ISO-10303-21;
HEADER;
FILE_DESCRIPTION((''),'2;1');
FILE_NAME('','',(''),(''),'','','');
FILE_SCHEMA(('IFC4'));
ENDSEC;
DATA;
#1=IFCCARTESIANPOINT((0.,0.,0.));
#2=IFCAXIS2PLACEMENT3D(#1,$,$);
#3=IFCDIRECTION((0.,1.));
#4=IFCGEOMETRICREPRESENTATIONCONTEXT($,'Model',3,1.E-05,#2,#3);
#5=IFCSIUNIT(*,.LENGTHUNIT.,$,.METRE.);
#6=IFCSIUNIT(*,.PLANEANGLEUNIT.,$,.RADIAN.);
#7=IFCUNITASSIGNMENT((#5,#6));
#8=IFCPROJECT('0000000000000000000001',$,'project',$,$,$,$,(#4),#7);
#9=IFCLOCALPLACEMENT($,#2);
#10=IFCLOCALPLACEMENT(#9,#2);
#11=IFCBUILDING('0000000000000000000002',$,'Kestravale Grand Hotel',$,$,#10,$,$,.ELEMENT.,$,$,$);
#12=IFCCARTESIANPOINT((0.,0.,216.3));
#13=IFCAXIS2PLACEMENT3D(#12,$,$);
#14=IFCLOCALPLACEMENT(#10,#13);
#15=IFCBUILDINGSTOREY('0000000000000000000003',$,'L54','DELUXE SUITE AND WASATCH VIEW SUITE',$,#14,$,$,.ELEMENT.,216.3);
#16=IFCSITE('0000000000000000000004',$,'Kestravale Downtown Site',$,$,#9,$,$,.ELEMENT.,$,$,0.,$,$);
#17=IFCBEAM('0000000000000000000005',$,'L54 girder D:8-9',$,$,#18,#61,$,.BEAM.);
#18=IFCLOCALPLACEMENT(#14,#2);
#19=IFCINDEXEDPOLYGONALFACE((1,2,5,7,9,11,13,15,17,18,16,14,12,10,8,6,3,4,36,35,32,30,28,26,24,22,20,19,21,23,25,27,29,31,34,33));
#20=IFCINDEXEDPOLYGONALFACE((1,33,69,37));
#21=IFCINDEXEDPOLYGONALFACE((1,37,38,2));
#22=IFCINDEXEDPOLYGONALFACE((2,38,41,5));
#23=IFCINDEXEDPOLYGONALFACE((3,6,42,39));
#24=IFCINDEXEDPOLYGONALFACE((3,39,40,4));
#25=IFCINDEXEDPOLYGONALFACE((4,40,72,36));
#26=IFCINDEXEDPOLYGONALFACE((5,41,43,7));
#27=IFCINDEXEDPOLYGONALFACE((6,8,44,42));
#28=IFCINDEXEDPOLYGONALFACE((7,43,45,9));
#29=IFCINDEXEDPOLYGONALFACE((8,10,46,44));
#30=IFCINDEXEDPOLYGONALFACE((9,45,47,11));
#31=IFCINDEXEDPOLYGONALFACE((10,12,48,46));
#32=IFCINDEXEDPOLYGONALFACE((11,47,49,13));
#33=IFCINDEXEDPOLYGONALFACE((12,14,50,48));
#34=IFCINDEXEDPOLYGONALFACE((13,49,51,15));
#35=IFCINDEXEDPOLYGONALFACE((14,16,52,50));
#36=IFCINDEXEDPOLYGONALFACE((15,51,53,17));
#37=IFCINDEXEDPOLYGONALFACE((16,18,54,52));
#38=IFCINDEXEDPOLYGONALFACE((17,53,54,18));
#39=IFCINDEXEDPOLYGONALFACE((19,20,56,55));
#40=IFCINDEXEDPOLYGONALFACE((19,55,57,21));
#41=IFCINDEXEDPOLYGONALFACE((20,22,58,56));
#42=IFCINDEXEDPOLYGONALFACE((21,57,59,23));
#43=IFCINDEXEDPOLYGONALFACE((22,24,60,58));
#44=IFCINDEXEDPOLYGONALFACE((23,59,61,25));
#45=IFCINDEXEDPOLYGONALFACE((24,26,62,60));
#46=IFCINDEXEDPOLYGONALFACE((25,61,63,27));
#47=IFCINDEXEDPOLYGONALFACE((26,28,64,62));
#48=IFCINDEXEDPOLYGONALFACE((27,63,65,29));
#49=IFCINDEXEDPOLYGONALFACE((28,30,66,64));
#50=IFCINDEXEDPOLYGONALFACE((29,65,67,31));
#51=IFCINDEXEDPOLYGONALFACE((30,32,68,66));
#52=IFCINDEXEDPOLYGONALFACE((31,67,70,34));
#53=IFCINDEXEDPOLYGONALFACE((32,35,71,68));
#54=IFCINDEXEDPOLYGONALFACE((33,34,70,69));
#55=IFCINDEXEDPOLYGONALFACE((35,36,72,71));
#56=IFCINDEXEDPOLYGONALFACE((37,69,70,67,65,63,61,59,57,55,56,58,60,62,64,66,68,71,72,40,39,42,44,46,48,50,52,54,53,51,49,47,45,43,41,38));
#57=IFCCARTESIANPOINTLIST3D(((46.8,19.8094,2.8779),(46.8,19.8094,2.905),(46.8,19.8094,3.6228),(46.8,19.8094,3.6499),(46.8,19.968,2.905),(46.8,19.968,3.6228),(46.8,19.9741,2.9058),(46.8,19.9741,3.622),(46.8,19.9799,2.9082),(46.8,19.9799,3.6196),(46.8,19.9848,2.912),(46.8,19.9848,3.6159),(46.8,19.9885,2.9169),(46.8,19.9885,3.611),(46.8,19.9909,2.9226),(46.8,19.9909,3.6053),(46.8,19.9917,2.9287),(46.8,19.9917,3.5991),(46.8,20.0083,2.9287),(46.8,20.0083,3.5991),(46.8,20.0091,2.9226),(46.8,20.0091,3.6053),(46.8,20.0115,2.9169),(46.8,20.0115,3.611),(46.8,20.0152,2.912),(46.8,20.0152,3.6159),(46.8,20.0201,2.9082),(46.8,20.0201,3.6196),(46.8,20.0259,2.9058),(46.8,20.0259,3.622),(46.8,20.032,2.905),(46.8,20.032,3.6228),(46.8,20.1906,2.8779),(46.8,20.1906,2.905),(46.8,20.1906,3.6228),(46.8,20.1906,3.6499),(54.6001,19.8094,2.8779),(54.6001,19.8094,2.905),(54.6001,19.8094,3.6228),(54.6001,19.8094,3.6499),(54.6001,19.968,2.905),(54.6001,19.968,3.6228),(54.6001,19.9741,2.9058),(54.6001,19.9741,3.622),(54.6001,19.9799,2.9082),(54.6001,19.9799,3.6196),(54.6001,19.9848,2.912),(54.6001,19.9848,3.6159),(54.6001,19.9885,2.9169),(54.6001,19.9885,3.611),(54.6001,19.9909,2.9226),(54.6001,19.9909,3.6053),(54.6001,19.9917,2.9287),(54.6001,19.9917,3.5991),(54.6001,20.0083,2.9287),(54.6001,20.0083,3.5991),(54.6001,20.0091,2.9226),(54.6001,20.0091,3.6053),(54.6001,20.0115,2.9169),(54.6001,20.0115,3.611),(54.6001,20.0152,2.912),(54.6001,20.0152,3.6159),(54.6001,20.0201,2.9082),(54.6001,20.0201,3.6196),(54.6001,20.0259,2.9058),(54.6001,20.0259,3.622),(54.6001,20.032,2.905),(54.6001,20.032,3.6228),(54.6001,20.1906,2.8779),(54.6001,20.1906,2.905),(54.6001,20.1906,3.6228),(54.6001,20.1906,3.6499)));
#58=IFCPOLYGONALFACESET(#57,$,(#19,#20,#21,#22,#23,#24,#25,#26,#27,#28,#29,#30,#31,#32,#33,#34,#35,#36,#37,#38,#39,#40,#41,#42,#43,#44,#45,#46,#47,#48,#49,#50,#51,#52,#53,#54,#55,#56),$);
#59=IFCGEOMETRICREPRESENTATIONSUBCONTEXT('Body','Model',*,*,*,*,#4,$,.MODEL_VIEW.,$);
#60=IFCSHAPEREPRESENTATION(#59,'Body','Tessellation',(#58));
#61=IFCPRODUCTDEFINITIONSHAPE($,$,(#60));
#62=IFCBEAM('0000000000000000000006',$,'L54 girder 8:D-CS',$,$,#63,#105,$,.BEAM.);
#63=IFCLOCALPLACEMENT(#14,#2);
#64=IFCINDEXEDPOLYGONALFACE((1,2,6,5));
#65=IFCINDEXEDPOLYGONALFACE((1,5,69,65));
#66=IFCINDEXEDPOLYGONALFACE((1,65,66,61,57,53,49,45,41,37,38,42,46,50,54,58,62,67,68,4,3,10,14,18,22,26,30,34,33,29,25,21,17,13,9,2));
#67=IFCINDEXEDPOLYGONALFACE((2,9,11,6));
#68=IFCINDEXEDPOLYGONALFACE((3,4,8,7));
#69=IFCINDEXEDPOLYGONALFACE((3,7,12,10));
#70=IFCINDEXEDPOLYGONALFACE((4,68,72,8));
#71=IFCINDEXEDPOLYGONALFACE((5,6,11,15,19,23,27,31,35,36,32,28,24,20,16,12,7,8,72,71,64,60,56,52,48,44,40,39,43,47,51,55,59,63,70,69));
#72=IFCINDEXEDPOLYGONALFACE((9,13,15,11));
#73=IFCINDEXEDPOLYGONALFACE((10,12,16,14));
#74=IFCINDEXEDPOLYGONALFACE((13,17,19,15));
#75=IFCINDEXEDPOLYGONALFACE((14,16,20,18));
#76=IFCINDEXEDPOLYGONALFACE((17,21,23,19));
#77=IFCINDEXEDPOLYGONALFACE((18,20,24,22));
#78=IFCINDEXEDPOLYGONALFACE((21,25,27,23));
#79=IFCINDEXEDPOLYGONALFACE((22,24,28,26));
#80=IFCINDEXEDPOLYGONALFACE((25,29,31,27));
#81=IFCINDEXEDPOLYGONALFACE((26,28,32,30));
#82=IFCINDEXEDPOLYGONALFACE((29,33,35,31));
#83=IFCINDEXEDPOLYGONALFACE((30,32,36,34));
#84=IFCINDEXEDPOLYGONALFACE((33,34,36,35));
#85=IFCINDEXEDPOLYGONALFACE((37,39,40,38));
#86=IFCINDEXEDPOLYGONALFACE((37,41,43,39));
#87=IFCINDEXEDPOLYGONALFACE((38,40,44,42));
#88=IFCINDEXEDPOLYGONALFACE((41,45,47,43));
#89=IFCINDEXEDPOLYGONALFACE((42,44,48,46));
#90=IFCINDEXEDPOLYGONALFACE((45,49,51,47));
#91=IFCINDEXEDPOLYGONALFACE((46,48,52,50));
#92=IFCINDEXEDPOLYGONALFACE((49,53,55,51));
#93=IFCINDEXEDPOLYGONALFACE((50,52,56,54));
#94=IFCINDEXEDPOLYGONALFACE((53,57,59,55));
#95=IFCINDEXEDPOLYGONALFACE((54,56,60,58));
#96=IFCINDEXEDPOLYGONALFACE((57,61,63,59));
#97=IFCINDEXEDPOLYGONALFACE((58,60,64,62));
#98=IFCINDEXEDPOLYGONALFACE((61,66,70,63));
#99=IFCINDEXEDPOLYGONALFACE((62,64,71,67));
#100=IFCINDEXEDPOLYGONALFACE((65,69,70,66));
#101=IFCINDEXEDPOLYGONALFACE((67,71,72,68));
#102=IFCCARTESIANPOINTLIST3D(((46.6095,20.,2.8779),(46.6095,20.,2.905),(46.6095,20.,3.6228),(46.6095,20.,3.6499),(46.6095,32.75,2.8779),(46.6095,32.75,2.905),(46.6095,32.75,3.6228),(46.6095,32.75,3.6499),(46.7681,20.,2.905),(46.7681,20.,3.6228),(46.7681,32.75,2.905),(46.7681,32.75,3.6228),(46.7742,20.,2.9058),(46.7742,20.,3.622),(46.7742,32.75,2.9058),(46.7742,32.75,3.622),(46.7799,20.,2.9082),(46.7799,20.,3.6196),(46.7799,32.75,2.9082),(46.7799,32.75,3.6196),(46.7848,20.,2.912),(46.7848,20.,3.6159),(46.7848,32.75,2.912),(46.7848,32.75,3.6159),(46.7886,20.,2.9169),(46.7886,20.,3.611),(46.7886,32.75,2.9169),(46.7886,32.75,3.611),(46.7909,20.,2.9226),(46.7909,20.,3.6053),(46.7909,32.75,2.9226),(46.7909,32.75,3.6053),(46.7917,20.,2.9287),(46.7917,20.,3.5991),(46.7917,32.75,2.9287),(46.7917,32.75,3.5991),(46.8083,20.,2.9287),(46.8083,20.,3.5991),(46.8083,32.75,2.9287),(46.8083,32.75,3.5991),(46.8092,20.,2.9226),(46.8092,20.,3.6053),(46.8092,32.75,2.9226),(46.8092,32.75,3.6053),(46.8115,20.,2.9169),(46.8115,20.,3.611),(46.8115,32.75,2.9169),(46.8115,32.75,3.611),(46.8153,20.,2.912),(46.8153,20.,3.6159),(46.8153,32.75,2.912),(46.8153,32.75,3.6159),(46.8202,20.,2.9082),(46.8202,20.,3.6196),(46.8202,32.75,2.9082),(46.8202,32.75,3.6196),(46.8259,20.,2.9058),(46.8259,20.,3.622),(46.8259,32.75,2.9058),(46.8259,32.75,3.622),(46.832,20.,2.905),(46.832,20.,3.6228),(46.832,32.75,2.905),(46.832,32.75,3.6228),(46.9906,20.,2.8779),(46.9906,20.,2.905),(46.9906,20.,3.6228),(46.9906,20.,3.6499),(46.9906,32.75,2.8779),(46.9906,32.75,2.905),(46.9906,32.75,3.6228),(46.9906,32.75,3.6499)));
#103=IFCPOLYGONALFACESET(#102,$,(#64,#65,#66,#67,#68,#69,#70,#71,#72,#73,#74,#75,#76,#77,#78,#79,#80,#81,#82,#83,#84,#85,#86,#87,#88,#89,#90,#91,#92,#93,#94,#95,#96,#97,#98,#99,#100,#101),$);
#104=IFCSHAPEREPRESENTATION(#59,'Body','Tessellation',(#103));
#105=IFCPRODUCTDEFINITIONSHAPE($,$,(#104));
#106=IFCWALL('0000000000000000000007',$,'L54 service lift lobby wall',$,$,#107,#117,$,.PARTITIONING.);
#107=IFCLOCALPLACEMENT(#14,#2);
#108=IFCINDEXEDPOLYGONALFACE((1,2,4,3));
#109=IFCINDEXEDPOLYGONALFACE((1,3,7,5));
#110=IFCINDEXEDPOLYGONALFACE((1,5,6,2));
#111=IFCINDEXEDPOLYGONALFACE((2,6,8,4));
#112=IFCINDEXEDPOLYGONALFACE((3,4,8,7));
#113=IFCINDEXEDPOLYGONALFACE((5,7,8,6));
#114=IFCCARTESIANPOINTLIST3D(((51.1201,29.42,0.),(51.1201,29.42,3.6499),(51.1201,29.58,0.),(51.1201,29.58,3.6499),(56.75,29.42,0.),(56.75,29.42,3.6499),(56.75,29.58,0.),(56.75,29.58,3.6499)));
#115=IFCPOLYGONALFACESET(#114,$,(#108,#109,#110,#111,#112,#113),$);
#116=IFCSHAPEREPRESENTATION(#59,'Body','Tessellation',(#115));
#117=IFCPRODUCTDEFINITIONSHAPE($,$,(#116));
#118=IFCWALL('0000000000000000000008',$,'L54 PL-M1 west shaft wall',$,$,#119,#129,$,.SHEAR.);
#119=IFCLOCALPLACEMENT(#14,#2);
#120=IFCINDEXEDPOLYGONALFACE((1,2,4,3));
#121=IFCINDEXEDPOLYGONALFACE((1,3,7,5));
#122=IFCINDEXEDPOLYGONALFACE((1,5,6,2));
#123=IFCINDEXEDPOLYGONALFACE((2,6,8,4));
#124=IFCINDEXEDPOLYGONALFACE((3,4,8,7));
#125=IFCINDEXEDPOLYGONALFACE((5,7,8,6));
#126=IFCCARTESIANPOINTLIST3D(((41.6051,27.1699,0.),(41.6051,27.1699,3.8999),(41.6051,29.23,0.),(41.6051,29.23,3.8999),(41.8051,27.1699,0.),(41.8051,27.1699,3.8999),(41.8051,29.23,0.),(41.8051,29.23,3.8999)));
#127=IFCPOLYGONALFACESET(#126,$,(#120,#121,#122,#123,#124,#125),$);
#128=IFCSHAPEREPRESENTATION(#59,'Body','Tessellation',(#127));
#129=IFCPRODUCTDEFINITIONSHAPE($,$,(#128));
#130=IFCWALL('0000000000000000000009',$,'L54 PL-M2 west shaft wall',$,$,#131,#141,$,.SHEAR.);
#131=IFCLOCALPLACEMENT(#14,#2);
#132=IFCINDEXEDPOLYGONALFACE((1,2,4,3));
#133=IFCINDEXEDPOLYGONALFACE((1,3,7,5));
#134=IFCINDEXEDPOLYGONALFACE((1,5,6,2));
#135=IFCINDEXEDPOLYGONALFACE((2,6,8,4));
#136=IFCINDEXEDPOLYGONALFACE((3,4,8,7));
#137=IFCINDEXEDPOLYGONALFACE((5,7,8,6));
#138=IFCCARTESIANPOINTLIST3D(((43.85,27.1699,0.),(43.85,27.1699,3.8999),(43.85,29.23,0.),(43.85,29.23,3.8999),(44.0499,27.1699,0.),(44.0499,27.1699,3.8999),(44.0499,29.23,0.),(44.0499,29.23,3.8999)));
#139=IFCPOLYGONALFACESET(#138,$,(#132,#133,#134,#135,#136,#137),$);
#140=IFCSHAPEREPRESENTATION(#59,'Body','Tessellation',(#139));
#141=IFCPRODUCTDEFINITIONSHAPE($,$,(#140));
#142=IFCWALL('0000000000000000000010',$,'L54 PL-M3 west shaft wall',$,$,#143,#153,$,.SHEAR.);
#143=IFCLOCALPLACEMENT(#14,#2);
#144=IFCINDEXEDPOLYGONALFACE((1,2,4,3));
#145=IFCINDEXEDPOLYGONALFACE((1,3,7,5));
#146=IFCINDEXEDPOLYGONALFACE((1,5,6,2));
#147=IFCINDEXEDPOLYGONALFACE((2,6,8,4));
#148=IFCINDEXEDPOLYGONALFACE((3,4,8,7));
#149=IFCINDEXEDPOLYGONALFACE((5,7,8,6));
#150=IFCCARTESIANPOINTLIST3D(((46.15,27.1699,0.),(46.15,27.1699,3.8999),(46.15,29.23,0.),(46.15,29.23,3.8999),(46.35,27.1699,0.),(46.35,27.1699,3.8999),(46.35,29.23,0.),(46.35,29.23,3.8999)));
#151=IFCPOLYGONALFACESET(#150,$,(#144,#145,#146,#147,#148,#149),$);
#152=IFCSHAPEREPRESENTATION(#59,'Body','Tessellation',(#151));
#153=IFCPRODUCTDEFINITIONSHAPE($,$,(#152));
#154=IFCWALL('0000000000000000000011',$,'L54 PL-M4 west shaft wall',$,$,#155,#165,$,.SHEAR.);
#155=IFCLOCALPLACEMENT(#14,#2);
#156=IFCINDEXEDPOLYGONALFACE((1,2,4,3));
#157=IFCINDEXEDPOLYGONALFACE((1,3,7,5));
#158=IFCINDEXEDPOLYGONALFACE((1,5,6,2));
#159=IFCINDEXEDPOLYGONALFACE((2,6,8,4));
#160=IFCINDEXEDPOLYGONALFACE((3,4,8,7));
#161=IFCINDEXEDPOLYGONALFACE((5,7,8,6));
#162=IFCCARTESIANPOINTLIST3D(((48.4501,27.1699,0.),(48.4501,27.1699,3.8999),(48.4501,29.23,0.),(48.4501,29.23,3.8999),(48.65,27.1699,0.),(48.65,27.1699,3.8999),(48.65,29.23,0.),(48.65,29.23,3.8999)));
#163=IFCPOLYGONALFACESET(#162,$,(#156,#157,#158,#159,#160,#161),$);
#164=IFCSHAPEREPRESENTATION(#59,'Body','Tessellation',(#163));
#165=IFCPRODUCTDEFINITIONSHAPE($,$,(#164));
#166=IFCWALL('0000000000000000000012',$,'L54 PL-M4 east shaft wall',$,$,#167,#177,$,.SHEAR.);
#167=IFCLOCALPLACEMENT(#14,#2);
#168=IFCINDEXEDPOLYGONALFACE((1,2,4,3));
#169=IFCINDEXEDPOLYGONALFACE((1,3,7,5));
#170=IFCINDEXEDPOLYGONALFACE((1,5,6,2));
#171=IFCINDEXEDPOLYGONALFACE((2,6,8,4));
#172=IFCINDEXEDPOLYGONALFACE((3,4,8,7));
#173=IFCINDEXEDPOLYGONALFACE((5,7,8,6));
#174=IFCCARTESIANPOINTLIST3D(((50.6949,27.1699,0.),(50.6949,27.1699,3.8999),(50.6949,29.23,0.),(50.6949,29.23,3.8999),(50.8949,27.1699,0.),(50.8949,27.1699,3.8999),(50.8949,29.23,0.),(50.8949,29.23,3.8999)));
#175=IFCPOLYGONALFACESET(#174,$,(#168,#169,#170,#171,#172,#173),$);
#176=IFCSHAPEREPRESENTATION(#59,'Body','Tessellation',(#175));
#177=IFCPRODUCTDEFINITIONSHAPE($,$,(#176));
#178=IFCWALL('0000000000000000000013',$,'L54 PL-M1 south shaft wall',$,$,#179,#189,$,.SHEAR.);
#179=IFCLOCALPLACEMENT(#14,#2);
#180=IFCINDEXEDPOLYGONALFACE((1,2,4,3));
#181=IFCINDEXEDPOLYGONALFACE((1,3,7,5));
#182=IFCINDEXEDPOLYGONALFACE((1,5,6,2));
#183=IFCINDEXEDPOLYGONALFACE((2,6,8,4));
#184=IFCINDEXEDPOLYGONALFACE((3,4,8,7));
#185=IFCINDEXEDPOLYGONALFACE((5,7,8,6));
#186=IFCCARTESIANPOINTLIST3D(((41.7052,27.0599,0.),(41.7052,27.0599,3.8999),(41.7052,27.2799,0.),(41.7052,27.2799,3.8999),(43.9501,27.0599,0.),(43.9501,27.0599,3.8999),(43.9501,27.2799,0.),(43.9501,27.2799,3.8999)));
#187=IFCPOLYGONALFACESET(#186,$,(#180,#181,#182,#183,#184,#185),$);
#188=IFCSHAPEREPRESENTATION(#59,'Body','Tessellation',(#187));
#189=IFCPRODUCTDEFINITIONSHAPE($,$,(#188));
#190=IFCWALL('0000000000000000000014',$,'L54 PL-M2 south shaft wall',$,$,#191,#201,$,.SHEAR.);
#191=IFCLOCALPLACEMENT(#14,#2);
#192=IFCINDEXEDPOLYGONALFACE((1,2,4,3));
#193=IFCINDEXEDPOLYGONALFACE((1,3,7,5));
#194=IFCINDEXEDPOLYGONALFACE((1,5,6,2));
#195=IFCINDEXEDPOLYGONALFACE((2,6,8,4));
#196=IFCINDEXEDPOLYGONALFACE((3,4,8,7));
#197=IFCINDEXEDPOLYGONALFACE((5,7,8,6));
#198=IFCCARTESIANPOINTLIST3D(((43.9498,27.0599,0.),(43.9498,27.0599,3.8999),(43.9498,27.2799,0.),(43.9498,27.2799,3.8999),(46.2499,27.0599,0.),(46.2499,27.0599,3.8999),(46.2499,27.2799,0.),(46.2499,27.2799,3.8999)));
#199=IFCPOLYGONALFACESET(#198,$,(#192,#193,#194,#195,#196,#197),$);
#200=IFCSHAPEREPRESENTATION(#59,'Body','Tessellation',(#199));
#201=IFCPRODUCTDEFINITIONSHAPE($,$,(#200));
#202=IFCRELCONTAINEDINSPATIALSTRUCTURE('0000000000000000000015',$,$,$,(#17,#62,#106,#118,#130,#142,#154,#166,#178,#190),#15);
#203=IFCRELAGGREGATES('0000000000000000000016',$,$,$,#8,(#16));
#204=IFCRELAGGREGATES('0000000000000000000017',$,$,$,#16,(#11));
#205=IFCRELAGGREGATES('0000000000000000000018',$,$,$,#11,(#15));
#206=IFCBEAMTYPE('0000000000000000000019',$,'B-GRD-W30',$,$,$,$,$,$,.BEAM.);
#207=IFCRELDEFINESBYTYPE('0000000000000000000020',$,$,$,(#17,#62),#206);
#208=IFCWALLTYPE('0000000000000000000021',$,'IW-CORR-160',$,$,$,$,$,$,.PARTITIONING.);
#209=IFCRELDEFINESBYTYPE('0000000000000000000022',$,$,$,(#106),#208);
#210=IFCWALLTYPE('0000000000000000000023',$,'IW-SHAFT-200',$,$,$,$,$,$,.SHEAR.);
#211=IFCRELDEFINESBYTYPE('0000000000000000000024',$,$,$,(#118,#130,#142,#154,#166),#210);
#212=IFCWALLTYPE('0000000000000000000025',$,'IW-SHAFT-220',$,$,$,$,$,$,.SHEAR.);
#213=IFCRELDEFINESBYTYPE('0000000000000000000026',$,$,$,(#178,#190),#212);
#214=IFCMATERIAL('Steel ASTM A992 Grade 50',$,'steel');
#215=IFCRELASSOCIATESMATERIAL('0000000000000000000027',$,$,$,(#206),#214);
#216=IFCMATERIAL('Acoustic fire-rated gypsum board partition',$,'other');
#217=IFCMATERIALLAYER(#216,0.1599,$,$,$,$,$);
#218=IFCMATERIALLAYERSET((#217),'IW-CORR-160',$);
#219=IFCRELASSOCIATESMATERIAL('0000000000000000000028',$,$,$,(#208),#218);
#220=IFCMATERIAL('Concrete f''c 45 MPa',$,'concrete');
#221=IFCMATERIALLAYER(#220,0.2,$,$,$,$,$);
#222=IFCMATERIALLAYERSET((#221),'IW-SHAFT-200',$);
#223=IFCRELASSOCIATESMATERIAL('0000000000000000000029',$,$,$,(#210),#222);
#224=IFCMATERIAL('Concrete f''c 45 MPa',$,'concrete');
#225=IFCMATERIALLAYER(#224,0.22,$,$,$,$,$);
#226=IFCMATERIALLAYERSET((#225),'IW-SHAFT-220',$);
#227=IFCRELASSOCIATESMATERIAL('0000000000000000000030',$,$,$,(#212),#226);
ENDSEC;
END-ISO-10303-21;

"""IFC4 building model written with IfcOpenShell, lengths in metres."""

from ifc_helpers import new_model, si_unit, direction, frame, frame_2d, origin, origin_2d, place, context, subcontext, project, spatial, rectangle, i_section, extrude, material, layer, layer_set, material_profile, profile_set, type_object, element, save


model = new_model("IFC4")

# Units and contexts
model_context = context("Model", 3, precision=1e-05, world=origin(), true_north=direction((0.0, 1.0)))
body_context = subcontext(model_context, "Body", "Model", "MODEL_VIEW")
ifc_project = project(units=[si_unit("LENGTHUNIT", "METRE"), si_unit("PLANEANGLEUNIT", "RADIAN")], contexts=[model_context])

# Site, building, storey
site_placement = place(None, origin())
site = spatial("IfcSite", under=ifc_project, at=site_placement, Name="Kestravale Downtown Site", CompositionType="ELEMENT", RefElevation=0.0)
building_placement = place(site_placement, origin())
building = spatial("IfcBuilding", under=site, at=building_placement, Name="Kestravale Grand Hotel", CompositionType="ELEMENT")
storey_placement = place(building_placement, frame((0.0, 0.0, 216.3)))
storey = spatial("IfcBuildingStorey", under=building, at=storey_placement, Name="L54", Description="DELUXE SUITE AND WASATCH VIEW SUITE", CompositionType="ELEMENT", Elevation=216.3)

# Beams
ifc_material_1 = material(Name="Steel ASTM A992 Grade 50", Category="steel")
ifc_material_profile = material_profile(ifc_material_1, i_section(OverallWidth=0.3811, OverallDepth=0.772, WebThickness=0.0166, FlangeThickness=0.0271, FilletRadius=0.0237, at=origin_2d()))
ifc_profile_set = profile_set([ifc_material_profile], Name="Steel ASTM A992 Grade 50")
beam_type = type_object("IfcBeamType", Name="B-GRD-W30", PredefinedType="BEAM", material=ifc_profile_set)
beam_1_placement = place(storey_placement, frame((46.8, 20.0, 3.2639), z_axis=(1.0, 0.0, 0.0), x_axis=(0.0, 1.0, 0.0)))
element("IfcBeam", 1, at=beam_1_placement, inside=storey, type_object=beam_type, Name="L54 girder D:8-9", PredefinedType="BEAM", context=body_context, shape_type="SweptSolid", body=[
    extrude(i_section(OverallWidth=0.3811, OverallDepth=0.772, WebThickness=0.0166, FlangeThickness=0.0271, FilletRadius=0.0237, at=origin_2d()), origin(), (0.0, 0.0, 1.0), 7.8),
])
beam_2_placement = place(storey_placement, frame((46.8, 20.0, 3.2639), z_axis=(0.0, 1.0, 0.0), x_axis=(-1.0, 0.0, 0.0)))
element("IfcBeam", 2, at=beam_2_placement, inside=storey, type_object=beam_type, Name="L54 girder 8:D-CS", PredefinedType="BEAM", context=body_context, shape_type="SweptSolid", body=[
    extrude(i_section(OverallWidth=0.3811, OverallDepth=0.772, WebThickness=0.0166, FlangeThickness=0.0271, FilletRadius=0.0237, at=origin_2d()), origin(), (0.0, 0.0, 1.0), 12.75),
])

# Shared definitions
ifc_material_2 = material(Name="Acoustic fire-rated gypsum board partition", Category="other")
ifc_layer_1 = layer(ifc_material_2, 0.1599)
ifc_layer_set_1 = layer_set([ifc_layer_1], Name="IW-CORR-160")
wall_type_1 = type_object("IfcWallType", Name="IW-CORR-160", PredefinedType="PARTITIONING", material=ifc_layer_set_1)

# Walls
wall_1_placement = place(storey_placement, frame((51.1201, 29.5, 0.0), z_axis=(0.0, 0.0, 1.0), x_axis=(1.0, 0.0, 0.0)))
element("IfcWall", 3, at=wall_1_placement, inside=storey, type_object=wall_type_1, Name="L54 service lift lobby wall", PredefinedType="PARTITIONING", context=body_context, shape_type="SweptSolid", body=[
    extrude(rectangle(XDim=5.6299, YDim=0.1599, at=frame_2d((2.8149, 0.0))), origin(), (0.0, 0.0, 1.0), 3.6499),
])
ifc_material_3 = material(Name="Concrete f'c 45 MPa", Category="concrete")
ifc_layer_2 = layer(ifc_material_3, 0.2)
ifc_layer_set_2 = layer_set([ifc_layer_2], Name="IW-SHAFT-200")
wall_type_2 = type_object("IfcWallType", Name="IW-SHAFT-200", PredefinedType="SHEAR", material=ifc_layer_set_2)
for number, where, z_axis, x_axis, name in (
    (4, (41.7051, 27.1699, 0.0), (0.0, 0.0, 1.0), (0.0, 1.0, 0.0), "L54 PL-M1 west shaft wall"),
    (5, (43.95, 27.1699, 0.0), (0.0, 0.0, 1.0), (0.0, 1.0, 0.0), "L54 PL-M2 west shaft wall"),
    (6, (46.25, 27.1699, 0.0), (0.0, 0.0, 1.0), (0.0, 1.0, 0.0), "L54 PL-M3 west shaft wall"),
    (7, (48.55, 27.1699, 0.0), (0.0, 0.0, 1.0), (0.0, 1.0, 0.0), "L54 PL-M4 west shaft wall"),
    (8, (50.7949, 27.1699, 0.0), (0.0, 0.0, 1.0), (0.0, 1.0, 0.0), "L54 PL-M4 east shaft wall"),
):
    element("IfcWall", number, at=place(storey_placement, frame(where, z_axis=z_axis, x_axis=x_axis)), inside=storey, type_object=wall_type_2, Name=name, PredefinedType="SHEAR", context=body_context, shape_type="SweptSolid", body=[
        extrude(rectangle(XDim=2.0601, YDim=0.2, at=frame_2d((1.03, 0.0))), origin(), (0.0, 0.0, 1.0), 3.8999),
    ])

# Shared definitions
ifc_material_4 = material(Name="Concrete f'c 45 MPa", Category="concrete")
ifc_layer_3 = layer(ifc_material_4, 0.22)
ifc_layer_set_3 = layer_set([ifc_layer_3], Name="IW-SHAFT-220")
wall_type_3 = type_object("IfcWallType", Name="IW-SHAFT-220", PredefinedType="SHEAR", material=ifc_layer_set_3)

# Wall
wall_2_placement = place(storey_placement, frame((41.7051, 27.1699, 0.0), z_axis=(0.0, 0.0, 1.0), x_axis=(1.0, 0.0, 0.0)))
element("IfcWall", 9, at=wall_2_placement, inside=storey, type_object=wall_type_3, Name="L54 PL-M1 south shaft wall", PredefinedType="SHEAR", context=body_context, shape_type="SweptSolid", body=[
    extrude(rectangle(XDim=2.2449, YDim=0.22, at=frame_2d((1.1226, 0.0))), origin(), (0.0, 0.0, 1.0), 3.8999),
])

# Wall
wall_3_placement = place(storey_placement, frame((43.95, 27.1699, 0.0), z_axis=(0.0, 0.0, 1.0), x_axis=(1.0, 0.0, 0.0)))
element("IfcWall", 10, at=wall_3_placement, inside=storey, type_object=wall_type_3, Name="L54 PL-M2 south shaft wall", PredefinedType="SHEAR", context=body_context, shape_type="SweptSolid", body=[
    extrude(rectangle(XDim=2.3, YDim=0.22, at=frame_2d((1.1499, 0.0))), origin(), (0.0, 0.0, 1.0), 3.8999),
])

save(model, "model.ifc")
